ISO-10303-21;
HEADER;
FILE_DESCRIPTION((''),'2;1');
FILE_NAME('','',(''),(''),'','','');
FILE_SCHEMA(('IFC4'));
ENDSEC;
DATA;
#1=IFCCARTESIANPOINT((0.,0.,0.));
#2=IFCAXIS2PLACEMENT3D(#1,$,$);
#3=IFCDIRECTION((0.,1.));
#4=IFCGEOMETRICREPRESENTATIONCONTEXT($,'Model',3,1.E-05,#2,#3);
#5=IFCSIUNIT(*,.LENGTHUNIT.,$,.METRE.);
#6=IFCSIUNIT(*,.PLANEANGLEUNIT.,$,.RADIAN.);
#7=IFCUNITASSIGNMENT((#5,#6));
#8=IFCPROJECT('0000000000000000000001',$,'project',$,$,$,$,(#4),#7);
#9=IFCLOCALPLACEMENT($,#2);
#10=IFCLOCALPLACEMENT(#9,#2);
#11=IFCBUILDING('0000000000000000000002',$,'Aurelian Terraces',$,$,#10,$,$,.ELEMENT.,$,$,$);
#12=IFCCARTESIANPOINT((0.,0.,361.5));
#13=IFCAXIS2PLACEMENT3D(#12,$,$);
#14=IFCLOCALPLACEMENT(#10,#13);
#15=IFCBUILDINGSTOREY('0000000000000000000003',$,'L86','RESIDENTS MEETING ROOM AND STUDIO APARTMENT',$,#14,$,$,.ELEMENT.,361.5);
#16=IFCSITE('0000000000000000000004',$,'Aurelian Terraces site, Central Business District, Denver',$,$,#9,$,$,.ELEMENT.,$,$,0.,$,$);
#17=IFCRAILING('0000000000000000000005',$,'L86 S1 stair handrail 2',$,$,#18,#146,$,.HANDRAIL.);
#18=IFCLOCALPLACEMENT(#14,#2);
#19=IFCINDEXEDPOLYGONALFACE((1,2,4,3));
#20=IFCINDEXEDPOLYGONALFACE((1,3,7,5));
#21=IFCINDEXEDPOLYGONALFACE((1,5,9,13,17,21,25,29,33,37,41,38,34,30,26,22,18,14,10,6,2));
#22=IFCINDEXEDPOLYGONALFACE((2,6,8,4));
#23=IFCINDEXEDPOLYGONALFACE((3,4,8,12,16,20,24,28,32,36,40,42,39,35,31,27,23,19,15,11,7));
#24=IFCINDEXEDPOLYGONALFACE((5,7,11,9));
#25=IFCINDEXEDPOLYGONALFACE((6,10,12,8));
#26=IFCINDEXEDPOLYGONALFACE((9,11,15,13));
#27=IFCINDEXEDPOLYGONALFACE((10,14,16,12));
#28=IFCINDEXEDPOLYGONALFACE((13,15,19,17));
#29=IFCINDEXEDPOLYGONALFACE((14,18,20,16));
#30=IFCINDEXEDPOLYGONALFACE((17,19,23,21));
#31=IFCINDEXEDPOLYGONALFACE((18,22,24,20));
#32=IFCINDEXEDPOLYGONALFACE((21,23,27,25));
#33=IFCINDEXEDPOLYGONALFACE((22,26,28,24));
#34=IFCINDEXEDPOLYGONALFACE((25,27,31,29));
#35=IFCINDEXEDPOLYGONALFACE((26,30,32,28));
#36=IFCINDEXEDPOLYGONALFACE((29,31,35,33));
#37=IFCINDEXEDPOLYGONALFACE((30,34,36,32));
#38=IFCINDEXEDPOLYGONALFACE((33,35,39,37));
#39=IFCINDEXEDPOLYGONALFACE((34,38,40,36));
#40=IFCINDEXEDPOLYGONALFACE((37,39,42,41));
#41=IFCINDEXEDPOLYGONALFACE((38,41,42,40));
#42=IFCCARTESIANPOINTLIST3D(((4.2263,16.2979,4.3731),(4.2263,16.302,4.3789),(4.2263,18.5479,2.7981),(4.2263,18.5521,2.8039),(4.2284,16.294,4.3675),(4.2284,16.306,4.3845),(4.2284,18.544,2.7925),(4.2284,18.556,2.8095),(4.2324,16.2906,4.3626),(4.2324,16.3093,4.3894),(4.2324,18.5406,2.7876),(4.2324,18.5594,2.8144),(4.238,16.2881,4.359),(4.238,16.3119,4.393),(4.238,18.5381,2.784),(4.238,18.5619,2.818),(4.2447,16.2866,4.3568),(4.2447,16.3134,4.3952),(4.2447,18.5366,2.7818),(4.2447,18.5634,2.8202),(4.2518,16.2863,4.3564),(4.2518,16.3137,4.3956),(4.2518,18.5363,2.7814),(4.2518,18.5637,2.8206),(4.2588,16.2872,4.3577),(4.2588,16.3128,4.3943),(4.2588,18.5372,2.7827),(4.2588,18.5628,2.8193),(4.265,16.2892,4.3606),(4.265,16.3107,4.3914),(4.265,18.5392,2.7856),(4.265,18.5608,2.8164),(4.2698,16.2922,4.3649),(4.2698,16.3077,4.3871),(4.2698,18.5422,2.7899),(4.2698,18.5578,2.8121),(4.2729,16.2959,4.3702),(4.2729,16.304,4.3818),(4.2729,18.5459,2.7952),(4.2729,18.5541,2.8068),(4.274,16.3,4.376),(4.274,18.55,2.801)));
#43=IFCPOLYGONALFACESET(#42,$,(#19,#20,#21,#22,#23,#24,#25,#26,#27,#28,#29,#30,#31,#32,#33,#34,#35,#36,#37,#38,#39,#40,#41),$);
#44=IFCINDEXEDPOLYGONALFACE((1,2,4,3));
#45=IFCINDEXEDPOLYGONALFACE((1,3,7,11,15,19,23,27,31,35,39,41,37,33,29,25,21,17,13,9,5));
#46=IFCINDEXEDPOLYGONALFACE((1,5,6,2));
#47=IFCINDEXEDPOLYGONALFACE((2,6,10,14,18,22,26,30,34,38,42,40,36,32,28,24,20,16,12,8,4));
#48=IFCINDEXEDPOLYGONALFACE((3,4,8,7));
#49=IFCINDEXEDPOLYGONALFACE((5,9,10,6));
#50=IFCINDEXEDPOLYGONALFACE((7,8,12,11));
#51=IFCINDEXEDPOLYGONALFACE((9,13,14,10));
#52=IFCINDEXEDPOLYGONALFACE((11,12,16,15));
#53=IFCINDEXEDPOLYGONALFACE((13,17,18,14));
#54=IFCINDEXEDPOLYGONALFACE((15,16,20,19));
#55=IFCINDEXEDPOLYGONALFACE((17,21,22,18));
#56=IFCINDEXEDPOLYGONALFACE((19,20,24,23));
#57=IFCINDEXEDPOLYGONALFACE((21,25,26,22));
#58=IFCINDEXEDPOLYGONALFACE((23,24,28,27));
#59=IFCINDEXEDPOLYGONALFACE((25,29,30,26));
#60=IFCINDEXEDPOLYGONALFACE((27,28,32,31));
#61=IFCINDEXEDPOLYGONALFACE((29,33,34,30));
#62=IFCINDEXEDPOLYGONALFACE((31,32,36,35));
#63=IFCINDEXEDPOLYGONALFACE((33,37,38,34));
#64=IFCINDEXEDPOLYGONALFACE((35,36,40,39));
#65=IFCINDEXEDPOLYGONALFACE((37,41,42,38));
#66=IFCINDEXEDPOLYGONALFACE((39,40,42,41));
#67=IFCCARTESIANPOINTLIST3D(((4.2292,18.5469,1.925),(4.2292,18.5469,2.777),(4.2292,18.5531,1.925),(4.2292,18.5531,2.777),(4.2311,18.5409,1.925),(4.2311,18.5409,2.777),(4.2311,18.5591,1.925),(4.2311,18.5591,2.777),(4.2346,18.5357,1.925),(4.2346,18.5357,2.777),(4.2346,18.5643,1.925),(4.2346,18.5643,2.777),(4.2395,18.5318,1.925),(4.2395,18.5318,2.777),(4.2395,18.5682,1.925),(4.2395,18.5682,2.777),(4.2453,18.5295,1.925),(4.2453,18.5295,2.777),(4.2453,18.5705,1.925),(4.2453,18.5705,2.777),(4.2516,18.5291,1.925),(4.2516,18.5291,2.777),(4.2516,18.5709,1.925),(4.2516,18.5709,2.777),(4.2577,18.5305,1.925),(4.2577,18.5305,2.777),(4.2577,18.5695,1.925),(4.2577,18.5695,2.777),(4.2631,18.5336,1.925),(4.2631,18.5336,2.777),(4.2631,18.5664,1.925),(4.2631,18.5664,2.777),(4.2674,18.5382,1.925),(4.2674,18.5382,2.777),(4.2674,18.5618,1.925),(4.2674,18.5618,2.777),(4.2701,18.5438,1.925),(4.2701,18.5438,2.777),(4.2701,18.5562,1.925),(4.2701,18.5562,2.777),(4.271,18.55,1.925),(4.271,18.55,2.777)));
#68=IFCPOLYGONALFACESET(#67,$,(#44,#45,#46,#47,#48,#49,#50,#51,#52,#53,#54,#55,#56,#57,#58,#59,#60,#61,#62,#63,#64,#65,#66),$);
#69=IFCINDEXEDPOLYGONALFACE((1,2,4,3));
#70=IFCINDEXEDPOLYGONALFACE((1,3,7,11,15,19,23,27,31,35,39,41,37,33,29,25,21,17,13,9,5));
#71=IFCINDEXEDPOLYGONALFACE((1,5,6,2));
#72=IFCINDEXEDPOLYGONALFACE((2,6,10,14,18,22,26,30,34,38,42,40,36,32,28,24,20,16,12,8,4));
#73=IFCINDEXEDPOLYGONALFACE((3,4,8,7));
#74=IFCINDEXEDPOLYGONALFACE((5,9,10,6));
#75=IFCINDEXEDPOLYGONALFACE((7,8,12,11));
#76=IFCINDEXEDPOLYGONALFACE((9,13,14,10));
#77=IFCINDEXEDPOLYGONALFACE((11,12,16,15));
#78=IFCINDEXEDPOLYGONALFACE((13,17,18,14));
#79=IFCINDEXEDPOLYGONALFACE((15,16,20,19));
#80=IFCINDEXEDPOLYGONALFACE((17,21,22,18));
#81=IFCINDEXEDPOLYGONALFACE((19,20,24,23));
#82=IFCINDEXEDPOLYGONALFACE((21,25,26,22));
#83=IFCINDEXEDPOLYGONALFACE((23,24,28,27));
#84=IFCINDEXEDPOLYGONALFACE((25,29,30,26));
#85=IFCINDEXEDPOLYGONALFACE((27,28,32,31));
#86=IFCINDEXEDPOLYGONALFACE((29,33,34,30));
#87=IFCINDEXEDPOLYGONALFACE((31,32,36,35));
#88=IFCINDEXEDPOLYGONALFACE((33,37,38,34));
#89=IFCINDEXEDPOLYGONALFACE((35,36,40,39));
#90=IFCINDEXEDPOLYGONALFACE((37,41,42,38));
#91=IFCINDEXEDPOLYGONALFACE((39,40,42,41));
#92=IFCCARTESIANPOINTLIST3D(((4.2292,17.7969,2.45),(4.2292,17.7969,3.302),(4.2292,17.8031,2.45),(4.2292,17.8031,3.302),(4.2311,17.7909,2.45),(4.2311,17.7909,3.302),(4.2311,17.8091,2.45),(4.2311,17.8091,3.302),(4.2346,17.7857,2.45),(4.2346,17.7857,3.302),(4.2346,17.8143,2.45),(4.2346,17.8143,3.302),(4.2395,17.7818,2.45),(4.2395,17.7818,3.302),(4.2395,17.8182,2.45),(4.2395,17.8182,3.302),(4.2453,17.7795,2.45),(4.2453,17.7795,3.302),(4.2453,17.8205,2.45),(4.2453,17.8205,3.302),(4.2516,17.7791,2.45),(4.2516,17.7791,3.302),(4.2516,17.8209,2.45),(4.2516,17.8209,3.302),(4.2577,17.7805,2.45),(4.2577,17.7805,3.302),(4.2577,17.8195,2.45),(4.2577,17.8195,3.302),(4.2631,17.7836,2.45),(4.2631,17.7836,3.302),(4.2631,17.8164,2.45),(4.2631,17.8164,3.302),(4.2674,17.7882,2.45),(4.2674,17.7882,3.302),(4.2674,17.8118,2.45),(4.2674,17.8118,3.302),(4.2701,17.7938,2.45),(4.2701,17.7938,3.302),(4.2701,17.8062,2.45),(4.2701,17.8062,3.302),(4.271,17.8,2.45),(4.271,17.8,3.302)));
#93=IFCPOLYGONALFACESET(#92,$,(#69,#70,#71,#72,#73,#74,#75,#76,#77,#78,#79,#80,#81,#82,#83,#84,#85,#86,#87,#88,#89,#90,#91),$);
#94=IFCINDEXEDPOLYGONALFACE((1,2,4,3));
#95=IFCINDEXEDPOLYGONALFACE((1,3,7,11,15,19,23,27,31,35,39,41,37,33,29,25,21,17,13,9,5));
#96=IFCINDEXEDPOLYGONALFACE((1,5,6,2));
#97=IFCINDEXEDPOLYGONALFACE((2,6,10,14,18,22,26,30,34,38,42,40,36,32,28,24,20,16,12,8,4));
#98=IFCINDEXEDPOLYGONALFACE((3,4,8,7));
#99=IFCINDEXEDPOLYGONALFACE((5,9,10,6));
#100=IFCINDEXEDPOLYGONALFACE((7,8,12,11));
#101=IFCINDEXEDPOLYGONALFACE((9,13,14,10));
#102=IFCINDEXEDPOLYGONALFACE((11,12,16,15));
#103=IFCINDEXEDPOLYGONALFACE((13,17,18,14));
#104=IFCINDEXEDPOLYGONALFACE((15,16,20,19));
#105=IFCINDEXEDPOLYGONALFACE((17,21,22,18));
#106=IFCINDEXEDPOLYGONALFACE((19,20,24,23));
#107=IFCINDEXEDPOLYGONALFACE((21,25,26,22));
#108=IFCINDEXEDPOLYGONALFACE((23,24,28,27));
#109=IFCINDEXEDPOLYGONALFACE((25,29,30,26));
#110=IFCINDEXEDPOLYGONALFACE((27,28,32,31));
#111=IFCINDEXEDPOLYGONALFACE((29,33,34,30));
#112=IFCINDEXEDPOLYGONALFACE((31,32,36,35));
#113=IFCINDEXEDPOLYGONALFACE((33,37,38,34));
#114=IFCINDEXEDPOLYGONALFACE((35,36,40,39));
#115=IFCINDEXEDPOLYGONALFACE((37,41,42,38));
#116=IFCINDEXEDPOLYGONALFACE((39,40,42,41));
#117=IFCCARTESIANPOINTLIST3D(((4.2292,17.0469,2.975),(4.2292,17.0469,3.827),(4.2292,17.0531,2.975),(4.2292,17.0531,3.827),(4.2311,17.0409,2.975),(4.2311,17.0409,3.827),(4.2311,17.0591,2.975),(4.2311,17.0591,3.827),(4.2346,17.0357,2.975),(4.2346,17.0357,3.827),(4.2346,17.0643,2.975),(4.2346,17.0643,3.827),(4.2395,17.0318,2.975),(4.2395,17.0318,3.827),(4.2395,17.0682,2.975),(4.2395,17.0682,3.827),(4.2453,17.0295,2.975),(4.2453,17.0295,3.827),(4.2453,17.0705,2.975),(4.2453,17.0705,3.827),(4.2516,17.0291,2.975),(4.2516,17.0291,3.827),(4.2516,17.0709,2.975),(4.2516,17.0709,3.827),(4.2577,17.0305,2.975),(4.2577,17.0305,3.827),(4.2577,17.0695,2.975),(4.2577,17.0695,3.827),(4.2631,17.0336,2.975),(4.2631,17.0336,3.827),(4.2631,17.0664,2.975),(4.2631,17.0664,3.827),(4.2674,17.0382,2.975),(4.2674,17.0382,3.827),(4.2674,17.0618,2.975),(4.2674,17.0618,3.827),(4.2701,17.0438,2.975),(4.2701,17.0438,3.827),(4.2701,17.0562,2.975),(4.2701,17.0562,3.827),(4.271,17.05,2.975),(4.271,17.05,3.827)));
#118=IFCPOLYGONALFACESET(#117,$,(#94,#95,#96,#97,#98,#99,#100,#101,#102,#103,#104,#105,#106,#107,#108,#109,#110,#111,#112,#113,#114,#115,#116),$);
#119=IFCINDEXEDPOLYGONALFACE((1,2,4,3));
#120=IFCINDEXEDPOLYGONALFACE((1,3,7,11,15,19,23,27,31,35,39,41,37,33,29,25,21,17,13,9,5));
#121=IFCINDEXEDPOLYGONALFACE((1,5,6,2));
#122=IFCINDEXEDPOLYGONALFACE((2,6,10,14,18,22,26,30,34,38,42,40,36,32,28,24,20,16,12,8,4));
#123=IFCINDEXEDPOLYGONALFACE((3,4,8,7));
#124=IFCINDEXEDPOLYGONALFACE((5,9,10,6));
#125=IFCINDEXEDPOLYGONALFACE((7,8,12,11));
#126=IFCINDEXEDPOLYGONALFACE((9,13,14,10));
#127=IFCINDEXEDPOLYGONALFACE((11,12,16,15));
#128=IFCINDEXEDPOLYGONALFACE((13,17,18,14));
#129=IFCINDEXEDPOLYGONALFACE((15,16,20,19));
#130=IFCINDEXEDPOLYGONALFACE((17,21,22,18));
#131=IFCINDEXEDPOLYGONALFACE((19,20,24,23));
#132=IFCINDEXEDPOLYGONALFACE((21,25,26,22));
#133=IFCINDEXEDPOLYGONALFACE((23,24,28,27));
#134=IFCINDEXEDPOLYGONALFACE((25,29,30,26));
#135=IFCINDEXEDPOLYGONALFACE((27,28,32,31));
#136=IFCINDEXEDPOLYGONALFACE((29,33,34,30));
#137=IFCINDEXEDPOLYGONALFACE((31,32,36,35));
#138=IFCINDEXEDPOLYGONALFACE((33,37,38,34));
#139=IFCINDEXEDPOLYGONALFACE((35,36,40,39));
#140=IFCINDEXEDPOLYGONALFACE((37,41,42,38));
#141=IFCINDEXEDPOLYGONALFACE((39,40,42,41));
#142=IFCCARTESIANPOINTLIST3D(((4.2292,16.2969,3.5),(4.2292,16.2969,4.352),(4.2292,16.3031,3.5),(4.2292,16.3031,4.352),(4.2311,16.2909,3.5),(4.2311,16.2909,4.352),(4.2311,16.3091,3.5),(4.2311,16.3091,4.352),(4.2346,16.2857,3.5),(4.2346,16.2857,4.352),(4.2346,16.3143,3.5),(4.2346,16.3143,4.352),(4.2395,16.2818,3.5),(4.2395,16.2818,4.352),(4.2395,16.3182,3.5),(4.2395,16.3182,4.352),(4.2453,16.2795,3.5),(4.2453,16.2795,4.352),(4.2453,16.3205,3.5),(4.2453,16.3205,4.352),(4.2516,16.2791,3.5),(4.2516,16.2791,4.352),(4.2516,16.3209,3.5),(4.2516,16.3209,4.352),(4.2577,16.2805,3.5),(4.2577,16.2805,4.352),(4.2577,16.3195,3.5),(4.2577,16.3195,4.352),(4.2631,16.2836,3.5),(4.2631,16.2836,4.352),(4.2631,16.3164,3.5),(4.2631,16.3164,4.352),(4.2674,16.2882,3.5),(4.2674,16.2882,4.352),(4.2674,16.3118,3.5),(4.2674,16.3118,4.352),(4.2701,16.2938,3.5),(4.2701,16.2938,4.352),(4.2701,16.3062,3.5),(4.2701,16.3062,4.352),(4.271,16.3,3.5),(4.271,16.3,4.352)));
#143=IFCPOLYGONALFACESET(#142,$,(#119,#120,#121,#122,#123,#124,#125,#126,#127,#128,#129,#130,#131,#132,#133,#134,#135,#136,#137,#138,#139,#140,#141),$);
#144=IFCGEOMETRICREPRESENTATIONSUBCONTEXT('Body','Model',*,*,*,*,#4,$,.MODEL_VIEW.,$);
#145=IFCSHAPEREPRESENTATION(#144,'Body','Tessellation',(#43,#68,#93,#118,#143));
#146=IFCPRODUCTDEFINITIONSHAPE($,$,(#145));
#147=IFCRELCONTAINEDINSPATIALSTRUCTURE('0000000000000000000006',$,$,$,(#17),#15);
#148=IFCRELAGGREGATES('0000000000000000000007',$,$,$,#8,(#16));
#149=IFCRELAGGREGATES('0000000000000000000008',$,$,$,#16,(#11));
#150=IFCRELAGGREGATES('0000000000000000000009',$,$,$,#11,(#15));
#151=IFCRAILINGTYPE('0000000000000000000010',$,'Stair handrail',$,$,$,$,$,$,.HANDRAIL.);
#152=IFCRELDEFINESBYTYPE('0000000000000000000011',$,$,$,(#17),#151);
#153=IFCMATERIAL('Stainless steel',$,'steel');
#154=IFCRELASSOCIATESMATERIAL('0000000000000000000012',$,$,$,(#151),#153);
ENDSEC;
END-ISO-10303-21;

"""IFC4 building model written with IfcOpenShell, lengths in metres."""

from ifc_helpers import new_model, si_unit, direction, frame, origin, origin_2d, place, context, subcontext, project, spatial, circle, extrude, source, transform, mapped, material, type_object, element, save


model = new_model("IFC4")

# Units and contexts
model_context = context("Model", 3, precision=1e-05, world=origin(), true_north=direction((0.0, 1.0)))
body_context = subcontext(model_context, "Body", "Model", "MODEL_VIEW")
ifc_project = project(units=[si_unit("LENGTHUNIT", "METRE"), si_unit("PLANEANGLEUNIT", "RADIAN")], contexts=[model_context])

# Site, building, storey
site_placement = place(None, origin())
site = spatial("IfcSite", under=ifc_project, at=site_placement, Name="Aurelian Terraces site, Central Business District, Denver", CompositionType="ELEMENT", RefElevation=0.0)
building_placement = place(site_placement, origin())
building = spatial("IfcBuilding", under=site, at=building_placement, Name="Aurelian Terraces", CompositionType="ELEMENT")
storey_placement = place(building_placement, frame((0.0, 0.0, 361.5)))
storey = spatial("IfcBuildingStorey", under=building, at=storey_placement, Name="L86", Description="RESIDENTS MEETING ROOM AND STUDIO APARTMENT", CompositionType="ELEMENT", Elevation=361.5)

# Railing
ifc_material_1 = material(Name="Stainless steel", Category="steel")
railing_type_1 = type_object("IfcRailingType", Name="Stair handrail", PredefinedType="HANDRAIL", material=ifc_material_1)
shared_shape_1 = source(origin(), body_context, "Body", "SweptSolid", [
    extrude(circle(Radius=0.024, at=origin_2d()), frame((0.0, 0.0, 0.876), z_axis=(0.0, -0.819232, 0.573462), x_axis=(1.0, 0.0, 0.0)), (0.0, 0.0, 1.0), 2.7465),
    extrude(circle(Radius=0.021, at=origin_2d()), origin(), (0.0, 0.0, 1.0), 0.852),
    extrude(circle(Radius=0.021, at=origin_2d()), frame((0.0, -0.75, 0.525)), (0.0, 0.0, 1.0), 0.852),
    extrude(circle(Radius=0.021, at=origin_2d()), frame((0.0, -1.5, 1.05)), (0.0, 0.0, 1.0), 0.852),
    extrude(circle(Radius=0.021, at=origin_2d()), frame((0.0, -2.25, 1.575)), (0.0, 0.0, 1.0), 0.852),
])
railing_1_placement = place(storey_placement, frame((4.25, 18.55, 1.925)))
element("IfcRailing", 1, at=railing_1_placement, inside=storey, type_object=railing_type_1, Name="L86 S1 stair handrail 2", PredefinedType="HANDRAIL", context=body_context, shape_type="MappedRepresentation", body=[
    mapped(shared_shape_1, transform((0.0, 0.0, 0.0), scale=1.0)),
])

save(model, "model.ifc")
